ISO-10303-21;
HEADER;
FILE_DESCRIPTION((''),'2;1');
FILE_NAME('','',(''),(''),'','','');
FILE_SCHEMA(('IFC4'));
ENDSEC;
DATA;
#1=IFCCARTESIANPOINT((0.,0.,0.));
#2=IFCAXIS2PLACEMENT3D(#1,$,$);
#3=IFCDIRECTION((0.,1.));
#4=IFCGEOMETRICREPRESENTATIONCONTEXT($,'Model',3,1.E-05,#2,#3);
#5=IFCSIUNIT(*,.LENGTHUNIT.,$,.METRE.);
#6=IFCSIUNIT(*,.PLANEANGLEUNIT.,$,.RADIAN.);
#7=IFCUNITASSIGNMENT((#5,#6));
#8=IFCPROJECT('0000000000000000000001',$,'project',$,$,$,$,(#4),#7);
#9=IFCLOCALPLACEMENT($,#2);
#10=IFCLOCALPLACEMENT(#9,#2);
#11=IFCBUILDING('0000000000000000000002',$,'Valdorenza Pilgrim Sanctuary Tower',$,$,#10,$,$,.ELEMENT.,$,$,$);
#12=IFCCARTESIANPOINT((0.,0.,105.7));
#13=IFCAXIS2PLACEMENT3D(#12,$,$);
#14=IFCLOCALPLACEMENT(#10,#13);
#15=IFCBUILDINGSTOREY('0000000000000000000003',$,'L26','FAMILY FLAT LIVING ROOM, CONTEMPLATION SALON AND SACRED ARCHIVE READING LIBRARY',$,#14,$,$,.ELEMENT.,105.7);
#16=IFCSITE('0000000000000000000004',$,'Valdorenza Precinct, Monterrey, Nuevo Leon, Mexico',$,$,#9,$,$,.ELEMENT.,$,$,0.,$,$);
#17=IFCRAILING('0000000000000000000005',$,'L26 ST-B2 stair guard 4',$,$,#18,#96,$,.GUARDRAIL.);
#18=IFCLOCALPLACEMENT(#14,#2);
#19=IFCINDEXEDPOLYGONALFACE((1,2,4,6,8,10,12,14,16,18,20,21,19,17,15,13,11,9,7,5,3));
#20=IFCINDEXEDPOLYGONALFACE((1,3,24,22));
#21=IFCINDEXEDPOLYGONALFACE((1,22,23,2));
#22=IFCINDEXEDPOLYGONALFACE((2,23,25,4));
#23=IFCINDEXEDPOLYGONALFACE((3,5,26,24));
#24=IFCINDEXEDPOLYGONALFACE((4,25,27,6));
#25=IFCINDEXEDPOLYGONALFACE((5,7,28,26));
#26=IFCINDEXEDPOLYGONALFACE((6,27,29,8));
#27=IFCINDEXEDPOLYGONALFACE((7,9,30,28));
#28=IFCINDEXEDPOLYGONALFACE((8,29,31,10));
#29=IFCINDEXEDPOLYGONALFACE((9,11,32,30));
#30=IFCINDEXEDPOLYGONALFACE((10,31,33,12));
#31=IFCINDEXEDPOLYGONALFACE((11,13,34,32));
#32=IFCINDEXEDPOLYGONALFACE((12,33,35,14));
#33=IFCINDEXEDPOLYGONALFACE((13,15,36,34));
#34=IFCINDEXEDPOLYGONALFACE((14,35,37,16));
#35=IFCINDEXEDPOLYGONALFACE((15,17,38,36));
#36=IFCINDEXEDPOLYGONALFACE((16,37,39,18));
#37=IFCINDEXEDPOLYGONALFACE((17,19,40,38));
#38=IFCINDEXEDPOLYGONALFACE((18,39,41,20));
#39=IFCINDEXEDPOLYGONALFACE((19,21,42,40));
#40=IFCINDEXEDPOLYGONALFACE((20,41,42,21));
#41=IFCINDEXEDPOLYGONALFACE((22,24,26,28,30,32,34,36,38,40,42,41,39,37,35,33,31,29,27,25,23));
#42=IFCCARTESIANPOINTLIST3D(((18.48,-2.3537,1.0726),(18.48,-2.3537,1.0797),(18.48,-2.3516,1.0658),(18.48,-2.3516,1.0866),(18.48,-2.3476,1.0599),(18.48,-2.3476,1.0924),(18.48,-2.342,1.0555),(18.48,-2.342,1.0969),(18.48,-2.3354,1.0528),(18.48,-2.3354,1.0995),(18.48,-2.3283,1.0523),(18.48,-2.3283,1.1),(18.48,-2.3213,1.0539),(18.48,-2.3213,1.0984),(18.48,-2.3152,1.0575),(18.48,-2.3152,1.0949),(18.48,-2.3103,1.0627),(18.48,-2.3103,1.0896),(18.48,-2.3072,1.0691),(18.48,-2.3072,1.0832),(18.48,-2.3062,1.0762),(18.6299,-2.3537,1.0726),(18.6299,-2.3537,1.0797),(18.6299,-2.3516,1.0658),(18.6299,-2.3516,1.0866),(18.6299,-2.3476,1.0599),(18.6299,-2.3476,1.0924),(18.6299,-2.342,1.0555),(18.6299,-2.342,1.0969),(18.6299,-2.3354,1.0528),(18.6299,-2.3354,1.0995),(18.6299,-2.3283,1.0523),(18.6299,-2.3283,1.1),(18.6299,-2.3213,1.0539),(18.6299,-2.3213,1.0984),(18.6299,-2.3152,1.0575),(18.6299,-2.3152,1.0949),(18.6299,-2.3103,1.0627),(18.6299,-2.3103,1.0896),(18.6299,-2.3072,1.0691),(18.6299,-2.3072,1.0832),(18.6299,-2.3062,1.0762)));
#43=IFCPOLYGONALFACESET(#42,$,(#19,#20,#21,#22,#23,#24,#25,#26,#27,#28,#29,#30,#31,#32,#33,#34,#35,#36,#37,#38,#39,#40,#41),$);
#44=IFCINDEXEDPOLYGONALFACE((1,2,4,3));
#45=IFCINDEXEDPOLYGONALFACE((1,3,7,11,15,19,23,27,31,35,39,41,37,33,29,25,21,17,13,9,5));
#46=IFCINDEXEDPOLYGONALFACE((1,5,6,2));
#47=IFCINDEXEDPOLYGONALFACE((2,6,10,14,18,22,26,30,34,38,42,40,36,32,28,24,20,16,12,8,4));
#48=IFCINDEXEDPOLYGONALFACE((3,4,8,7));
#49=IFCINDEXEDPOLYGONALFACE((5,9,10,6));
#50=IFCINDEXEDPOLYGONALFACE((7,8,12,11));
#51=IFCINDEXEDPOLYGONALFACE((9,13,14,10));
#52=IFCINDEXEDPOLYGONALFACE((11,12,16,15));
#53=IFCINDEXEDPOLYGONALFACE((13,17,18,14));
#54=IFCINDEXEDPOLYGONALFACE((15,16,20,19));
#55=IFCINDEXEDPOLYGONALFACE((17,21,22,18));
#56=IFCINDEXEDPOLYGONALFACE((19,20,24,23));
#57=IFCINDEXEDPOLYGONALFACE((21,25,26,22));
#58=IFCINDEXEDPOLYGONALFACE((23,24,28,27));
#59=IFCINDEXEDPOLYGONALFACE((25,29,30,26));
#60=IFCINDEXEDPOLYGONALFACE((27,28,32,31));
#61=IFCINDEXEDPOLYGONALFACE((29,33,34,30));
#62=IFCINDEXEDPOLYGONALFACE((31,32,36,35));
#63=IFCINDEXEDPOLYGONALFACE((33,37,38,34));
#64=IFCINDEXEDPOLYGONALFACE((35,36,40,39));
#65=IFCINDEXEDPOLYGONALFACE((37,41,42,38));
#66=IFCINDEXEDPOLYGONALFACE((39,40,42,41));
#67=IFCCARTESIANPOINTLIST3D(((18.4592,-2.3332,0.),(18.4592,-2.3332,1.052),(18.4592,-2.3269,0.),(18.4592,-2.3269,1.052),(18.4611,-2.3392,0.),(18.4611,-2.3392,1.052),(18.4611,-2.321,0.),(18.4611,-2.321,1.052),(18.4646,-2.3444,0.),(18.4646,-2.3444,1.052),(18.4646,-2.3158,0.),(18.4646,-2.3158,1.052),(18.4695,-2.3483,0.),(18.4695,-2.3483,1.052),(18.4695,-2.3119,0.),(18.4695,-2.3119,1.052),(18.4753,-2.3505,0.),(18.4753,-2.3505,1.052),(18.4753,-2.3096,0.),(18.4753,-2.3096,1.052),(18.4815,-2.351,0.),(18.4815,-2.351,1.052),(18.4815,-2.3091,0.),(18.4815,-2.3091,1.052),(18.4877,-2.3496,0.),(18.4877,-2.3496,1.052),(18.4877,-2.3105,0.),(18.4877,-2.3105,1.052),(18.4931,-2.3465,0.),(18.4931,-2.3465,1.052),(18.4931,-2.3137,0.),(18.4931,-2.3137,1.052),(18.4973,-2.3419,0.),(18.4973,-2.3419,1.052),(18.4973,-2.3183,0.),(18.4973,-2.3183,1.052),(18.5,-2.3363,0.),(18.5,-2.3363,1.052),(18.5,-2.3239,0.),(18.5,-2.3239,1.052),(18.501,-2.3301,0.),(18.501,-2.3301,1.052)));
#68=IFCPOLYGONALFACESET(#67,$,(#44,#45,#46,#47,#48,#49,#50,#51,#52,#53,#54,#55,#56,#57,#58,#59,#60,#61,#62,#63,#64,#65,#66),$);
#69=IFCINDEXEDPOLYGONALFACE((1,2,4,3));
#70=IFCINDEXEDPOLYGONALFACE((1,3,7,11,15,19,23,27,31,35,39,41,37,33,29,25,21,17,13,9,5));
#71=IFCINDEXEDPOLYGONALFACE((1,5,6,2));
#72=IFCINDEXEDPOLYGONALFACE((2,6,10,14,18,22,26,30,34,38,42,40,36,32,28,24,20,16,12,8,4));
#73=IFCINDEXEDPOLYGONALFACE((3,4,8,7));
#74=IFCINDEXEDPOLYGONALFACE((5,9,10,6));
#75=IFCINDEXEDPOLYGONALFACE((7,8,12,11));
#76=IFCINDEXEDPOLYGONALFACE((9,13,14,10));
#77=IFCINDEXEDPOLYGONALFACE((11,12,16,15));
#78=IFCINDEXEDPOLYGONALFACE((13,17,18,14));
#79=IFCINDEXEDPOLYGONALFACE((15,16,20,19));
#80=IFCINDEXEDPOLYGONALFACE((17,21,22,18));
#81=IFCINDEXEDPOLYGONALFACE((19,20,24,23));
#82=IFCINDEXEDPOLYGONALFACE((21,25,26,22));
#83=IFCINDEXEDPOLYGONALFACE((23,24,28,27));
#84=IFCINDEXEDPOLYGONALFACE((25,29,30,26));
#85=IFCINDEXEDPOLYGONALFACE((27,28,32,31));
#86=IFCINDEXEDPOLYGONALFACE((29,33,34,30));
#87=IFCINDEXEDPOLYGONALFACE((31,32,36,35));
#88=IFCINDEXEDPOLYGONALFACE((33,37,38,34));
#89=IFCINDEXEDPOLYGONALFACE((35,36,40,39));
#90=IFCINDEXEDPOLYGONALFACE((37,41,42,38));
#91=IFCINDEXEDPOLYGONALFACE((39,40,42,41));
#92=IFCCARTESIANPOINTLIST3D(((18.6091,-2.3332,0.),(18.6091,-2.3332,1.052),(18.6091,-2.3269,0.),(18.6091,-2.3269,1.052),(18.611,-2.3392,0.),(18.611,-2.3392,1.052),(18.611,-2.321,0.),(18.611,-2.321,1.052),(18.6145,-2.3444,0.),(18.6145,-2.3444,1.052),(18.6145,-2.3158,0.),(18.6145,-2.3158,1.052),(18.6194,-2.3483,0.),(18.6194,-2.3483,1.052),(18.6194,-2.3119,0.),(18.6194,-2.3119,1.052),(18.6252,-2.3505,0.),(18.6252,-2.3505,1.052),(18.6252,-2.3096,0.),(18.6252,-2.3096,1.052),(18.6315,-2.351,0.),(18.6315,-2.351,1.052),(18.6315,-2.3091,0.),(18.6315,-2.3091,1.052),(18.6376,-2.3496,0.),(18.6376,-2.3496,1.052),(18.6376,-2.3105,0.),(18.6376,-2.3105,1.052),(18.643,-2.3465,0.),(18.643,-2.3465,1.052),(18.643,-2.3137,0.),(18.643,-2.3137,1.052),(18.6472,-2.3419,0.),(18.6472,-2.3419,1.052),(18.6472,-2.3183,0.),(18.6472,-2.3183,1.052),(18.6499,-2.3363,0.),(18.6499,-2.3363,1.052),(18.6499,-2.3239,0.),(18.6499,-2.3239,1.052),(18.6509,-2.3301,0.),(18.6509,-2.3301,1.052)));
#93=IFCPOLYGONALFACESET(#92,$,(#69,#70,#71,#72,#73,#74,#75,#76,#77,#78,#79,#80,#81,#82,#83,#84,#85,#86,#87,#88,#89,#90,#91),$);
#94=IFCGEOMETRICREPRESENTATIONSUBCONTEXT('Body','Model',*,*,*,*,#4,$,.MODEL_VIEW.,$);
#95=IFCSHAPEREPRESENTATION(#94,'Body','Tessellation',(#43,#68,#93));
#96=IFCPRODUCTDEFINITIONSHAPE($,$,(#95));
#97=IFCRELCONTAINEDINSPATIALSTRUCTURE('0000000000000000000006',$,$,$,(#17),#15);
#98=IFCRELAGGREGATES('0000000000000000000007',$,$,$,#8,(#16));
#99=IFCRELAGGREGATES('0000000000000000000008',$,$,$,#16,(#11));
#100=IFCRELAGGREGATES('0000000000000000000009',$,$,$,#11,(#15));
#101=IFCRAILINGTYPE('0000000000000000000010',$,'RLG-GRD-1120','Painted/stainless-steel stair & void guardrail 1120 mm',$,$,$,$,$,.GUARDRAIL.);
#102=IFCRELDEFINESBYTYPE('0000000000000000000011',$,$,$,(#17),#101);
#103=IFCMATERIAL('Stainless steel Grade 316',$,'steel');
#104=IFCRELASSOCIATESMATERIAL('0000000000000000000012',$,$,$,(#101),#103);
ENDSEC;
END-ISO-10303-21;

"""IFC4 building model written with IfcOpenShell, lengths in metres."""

from ifc_helpers import new_model, si_unit, direction, frame, origin, origin_2d, place, context, subcontext, project, spatial, circle, extrude, material, type_object, element, save


model = new_model("IFC4")

# Units and contexts
model_context = context("Model", 3, precision=1e-05, world=origin(), true_north=direction((0.0, 1.0)))
body_context = subcontext(model_context, "Body", "Model", "MODEL_VIEW")
ifc_project = project(units=[si_unit("LENGTHUNIT", "METRE"), si_unit("PLANEANGLEUNIT", "RADIAN")], contexts=[model_context])

# Site, building, storey
site_placement = place(None, origin())
site = spatial("IfcSite", under=ifc_project, at=site_placement, Name="Valdorenza Precinct, Monterrey, Nuevo Leon, Mexico", CompositionType="ELEMENT", RefElevation=0.0)
building_placement = place(site_placement, origin())
building = spatial("IfcBuilding", under=site, at=building_placement, Name="Valdorenza Pilgrim Sanctuary Tower", CompositionType="ELEMENT")
storey_placement = place(building_placement, frame((0.0, 0.0, 105.7)))
storey = spatial("IfcBuildingStorey", under=building, at=storey_placement, Name="L26", Description="FAMILY FLAT LIVING ROOM, CONTEMPLATION SALON AND SACRED ARCHIVE READING LIBRARY", CompositionType="ELEMENT", Elevation=105.7)

# Railing
ifc_material_1 = material(Name="Stainless steel Grade 316", Category="steel")
railing_type_1 = type_object("IfcRailingType", Name="RLG-GRD-1120", Description="Painted/stainless-steel stair & void guardrail 1120 mm", PredefinedType="GUARDRAIL", material=ifc_material_1)
railing_1_placement = place(storey_placement, frame((18.48, -2.3301, 0.0)))
element("IfcRailing", 1, at=railing_1_placement, inside=storey, type_object=railing_type_1, Name="L26 ST-B2 stair guard 4", PredefinedType="GUARDRAIL", context=body_context, shape_type="SweptSolid", body=[
    extrude(circle(Radius=0.0239, at=origin_2d()), frame((0.0, 0.0, 1.0762), z_axis=(1.0, 0.0, 0.0), x_axis=(0.0, 1.0, 0.0)), (0.0, 0.0, 1.0), 0.1499),
    extrude(circle(Radius=0.021, at=origin_2d()), origin(), (0.0, 0.0, 1.0), 1.052),
    extrude(circle(Radius=0.021, at=origin_2d()), frame((0.1499, 0.0, 0.0)), (0.0, 0.0, 1.0), 1.052),
])

save(model, "model.ifc")
